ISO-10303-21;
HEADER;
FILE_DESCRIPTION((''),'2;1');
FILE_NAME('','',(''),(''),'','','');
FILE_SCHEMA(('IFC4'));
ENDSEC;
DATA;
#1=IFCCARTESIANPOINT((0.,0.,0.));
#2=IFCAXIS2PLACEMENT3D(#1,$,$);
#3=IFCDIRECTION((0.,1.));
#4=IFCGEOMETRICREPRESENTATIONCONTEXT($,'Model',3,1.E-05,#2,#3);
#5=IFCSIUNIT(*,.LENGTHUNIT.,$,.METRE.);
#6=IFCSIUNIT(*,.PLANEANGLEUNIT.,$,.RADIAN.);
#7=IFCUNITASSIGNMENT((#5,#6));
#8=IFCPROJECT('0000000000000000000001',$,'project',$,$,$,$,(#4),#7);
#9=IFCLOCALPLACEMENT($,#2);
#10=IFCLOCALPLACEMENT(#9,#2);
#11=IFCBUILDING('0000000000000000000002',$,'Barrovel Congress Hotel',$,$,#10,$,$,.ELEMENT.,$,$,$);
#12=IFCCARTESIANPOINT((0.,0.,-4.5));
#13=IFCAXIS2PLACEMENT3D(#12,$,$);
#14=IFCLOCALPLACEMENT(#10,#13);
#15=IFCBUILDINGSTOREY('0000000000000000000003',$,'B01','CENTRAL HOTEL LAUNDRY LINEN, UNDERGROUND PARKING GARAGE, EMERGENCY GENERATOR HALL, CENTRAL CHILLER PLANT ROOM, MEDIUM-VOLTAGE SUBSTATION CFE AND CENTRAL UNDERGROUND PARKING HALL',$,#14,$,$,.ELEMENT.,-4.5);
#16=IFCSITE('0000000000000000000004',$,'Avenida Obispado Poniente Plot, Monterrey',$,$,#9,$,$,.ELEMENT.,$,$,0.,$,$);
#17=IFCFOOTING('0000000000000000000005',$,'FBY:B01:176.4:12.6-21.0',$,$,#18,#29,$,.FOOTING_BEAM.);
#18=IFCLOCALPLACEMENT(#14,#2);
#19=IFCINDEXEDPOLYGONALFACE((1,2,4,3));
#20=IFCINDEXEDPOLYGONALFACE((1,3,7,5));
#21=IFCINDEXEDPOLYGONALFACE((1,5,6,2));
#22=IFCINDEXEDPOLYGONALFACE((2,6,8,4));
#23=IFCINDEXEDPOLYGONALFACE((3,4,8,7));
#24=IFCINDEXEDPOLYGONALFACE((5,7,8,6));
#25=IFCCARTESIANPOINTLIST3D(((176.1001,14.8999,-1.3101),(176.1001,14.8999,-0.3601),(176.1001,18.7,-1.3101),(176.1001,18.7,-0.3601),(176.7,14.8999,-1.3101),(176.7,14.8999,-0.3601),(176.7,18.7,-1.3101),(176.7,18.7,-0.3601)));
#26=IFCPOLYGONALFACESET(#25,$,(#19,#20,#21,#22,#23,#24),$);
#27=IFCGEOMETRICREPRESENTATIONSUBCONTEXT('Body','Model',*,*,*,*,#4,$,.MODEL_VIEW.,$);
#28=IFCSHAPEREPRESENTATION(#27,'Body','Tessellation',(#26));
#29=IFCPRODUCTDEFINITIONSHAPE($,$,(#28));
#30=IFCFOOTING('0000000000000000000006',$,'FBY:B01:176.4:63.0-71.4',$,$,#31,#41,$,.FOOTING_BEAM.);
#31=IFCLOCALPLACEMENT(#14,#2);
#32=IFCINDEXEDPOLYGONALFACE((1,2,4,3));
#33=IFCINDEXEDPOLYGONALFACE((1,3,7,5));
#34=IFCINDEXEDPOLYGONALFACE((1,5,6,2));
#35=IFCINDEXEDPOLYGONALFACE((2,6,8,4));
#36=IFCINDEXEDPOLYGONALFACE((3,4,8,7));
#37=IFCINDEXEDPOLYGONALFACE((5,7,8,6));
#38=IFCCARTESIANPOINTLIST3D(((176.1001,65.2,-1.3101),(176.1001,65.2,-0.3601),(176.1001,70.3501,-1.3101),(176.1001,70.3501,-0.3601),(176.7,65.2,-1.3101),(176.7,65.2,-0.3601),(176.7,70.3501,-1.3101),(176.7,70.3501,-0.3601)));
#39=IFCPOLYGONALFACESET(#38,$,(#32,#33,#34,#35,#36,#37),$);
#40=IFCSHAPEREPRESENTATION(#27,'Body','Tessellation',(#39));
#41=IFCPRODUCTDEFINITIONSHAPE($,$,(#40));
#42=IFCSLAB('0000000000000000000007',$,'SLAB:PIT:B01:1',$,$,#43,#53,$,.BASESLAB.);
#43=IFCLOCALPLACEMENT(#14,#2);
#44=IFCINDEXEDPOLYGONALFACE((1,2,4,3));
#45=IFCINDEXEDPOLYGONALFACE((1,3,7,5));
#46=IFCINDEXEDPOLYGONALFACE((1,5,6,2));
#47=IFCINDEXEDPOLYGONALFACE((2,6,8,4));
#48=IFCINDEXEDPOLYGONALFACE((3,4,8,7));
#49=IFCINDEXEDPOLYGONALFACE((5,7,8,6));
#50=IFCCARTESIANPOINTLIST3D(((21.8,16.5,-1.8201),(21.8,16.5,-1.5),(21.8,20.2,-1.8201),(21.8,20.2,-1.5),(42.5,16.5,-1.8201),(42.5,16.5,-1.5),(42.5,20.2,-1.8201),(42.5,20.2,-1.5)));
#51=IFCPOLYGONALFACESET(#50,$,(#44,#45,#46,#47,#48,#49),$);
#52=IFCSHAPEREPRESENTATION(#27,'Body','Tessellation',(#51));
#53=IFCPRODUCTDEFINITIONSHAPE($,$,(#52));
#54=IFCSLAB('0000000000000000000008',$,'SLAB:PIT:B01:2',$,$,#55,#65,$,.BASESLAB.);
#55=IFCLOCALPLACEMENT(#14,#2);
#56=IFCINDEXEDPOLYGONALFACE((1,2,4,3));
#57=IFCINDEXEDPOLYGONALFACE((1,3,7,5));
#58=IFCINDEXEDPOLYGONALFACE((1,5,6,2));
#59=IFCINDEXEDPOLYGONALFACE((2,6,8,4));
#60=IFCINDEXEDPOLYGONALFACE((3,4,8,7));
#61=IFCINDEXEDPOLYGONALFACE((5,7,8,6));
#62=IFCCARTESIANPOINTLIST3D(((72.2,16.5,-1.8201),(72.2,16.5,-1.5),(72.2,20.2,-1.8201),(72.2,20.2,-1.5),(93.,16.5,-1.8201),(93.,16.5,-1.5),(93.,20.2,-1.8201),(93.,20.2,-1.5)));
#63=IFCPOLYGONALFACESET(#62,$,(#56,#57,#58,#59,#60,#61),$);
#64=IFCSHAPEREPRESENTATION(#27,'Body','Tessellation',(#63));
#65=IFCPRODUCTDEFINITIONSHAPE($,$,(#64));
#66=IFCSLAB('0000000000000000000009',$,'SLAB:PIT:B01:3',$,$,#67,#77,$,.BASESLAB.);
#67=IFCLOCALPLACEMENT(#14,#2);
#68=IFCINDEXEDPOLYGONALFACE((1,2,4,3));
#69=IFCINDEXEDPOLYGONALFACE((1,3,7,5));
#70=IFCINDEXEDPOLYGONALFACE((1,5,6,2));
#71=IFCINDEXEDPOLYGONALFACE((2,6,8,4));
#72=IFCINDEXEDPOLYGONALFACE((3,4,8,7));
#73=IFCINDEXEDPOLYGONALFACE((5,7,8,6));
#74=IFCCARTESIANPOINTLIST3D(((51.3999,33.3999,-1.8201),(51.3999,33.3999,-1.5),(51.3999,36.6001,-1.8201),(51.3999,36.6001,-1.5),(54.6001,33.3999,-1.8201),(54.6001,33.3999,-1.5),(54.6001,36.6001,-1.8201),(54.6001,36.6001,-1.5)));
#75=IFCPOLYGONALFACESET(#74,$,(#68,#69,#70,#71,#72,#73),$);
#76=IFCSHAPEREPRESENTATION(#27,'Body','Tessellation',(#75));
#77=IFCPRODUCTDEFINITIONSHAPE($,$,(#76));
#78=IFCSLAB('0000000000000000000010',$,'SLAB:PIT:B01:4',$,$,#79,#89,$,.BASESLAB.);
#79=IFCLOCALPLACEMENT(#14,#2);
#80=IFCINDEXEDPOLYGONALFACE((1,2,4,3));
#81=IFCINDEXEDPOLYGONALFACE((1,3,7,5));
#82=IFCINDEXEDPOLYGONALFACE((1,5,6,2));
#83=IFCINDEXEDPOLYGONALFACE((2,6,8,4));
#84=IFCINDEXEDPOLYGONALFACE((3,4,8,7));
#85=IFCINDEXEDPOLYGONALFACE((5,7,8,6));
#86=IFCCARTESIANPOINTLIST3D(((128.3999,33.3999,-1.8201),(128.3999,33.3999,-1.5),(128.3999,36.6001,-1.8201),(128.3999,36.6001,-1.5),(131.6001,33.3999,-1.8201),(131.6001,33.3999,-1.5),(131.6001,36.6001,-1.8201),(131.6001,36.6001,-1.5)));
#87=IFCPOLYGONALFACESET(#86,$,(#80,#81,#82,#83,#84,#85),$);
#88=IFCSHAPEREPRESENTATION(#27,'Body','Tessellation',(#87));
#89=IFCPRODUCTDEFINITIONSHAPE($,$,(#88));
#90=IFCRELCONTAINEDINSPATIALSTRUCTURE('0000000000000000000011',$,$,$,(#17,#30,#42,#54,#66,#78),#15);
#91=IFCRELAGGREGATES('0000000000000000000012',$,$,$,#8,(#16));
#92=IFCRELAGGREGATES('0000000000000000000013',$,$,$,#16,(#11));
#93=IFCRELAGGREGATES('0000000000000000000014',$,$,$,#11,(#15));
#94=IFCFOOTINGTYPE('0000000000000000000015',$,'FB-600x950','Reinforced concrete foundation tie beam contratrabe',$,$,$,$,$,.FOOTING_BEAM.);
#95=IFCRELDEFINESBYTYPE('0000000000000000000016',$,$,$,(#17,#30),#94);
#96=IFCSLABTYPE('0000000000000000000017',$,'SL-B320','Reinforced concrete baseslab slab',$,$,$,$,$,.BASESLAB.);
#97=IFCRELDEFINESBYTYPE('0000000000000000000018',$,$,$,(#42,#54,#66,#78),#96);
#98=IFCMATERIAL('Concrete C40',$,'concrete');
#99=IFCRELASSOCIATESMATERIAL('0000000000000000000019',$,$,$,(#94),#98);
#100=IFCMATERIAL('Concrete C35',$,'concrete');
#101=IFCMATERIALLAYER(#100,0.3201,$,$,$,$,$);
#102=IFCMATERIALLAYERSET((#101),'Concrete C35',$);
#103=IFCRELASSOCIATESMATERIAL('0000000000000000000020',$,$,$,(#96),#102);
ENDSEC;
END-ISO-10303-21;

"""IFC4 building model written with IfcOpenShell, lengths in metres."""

from ifc_helpers import new_model, si_unit, direction, frame, origin, place, context, subcontext, project, spatial, polyline, outline, extrude, material, layer, layer_set, type_object, element, save


model = new_model("IFC4")

# Units and contexts
model_context = context("Model", 3, precision=1e-05, world=origin(), true_north=direction((0.0, 1.0)))
body_context = subcontext(model_context, "Body", "Model", "MODEL_VIEW")
ifc_project = project(units=[si_unit("LENGTHUNIT", "METRE"), si_unit("PLANEANGLEUNIT", "RADIAN")], contexts=[model_context])

# Site, building, storey
site_placement = place(None, origin())
site = spatial("IfcSite", under=ifc_project, at=site_placement, Name="Avenida Obispado Poniente Plot, Monterrey", CompositionType="ELEMENT", RefElevation=0.0)
building_placement = place(site_placement, origin())
building = spatial("IfcBuilding", under=site, at=building_placement, Name="Barrovel Congress Hotel", CompositionType="ELEMENT")
storey_placement = place(building_placement, frame((0.0, 0.0, -4.5)))
storey = spatial("IfcBuildingStorey", under=building, at=storey_placement, Name="B01", Description="CENTRAL HOTEL LAUNDRY LINEN, UNDERGROUND PARKING GARAGE, EMERGENCY GENERATOR HALL, CENTRAL CHILLER PLANT ROOM, MEDIUM-VOLTAGE SUBSTATION CFE AND CENTRAL UNDERGROUND PARKING HALL", CompositionType="ELEMENT", Elevation=-4.5)

# Footings
ifc_material_1 = material(Name="Concrete C40", Category="concrete")
footing_type_1 = type_object("IfcFootingType", Name="FB-600x950", Description="Reinforced concrete foundation tie beam contratrabe", PredefinedType="FOOTING_BEAM", material=ifc_material_1)
footing_1_placement = place(storey_placement, frame((0.0, 0.0, -1.3101)))
element("IfcFooting", 1, at=footing_1_placement, inside=storey, type_object=footing_type_1, Name="FBY:B01:176.4:12.6-21.0", PredefinedType="FOOTING_BEAM", context=body_context, shape_type="SweptSolid", body=[
    extrude(outline(polyline([(176.1001, 14.8999), (176.7, 14.8999), (176.7, 18.7), (176.1001, 18.7), (176.1001, 14.8999)])), origin(), (0.0, 0.0, 1.0), 0.95),
])
footing_2_placement = place(storey_placement, frame((0.0, 0.0, -1.3101)))
element("IfcFooting", 2, at=footing_2_placement, inside=storey, type_object=footing_type_1, Name="FBY:B01:176.4:63.0-71.4", PredefinedType="FOOTING_BEAM", context=body_context, shape_type="SweptSolid", body=[
    extrude(outline(polyline([(176.1001, 65.2), (176.7, 65.2), (176.7, 70.3501), (176.1001, 70.3501), (176.1001, 65.2)])), origin(), (0.0, 0.0, 1.0), 0.95),
])

# Slabs
ifc_material_2 = material(Name="Concrete C35", Category="concrete")
ifc_layer = layer(ifc_material_2, 0.3201)
ifc_layer_set = layer_set([ifc_layer], Name="Concrete C35")
slab_type = type_object("IfcSlabType", Name="SL-B320", Description="Reinforced concrete baseslab slab", PredefinedType="BASESLAB", material=ifc_layer_set)
slab_1_placement = place(storey_placement, frame((0.0, 0.0, -1.8201)))
element("IfcSlab", 3, at=slab_1_placement, inside=storey, type_object=slab_type, Name="SLAB:PIT:B01:1", PredefinedType="BASESLAB", context=body_context, shape_type="SweptSolid", body=[
    extrude(outline(polyline([(21.8, 16.5), (42.5, 16.5), (42.5, 20.2), (21.8, 20.2), (21.8, 16.5)])), origin(), (0.0, 0.0, 1.0), 0.3201),
])
slab_2_placement = place(storey_placement, frame((0.0, 0.0, -1.8201)))
element("IfcSlab", 4, at=slab_2_placement, inside=storey, type_object=slab_type, Name="SLAB:PIT:B01:2", PredefinedType="BASESLAB", context=body_context, shape_type="SweptSolid", body=[
    extrude(outline(polyline([(72.2, 16.5), (93.0, 16.5), (93.0, 20.2), (72.2, 20.2), (72.2, 16.5)])), origin(), (0.0, 0.0, 1.0), 0.3201),
])
slab_3_placement = place(storey_placement, frame((0.0, 0.0, -1.8201)))
element("IfcSlab", 5, at=slab_3_placement, inside=storey, type_object=slab_type, Name="SLAB:PIT:B01:3", PredefinedType="BASESLAB", context=body_context, shape_type="SweptSolid", body=[
    extrude(outline(polyline([(51.3999, 33.3999), (54.6001, 33.3999), (54.6001, 36.6001), (51.3999, 36.6001), (51.3999, 33.3999)])), origin(), (0.0, 0.0, 1.0), 0.3201),
])
slab_4_placement = place(storey_placement, frame((0.0, 0.0, -1.8201)))
element("IfcSlab", 6, at=slab_4_placement, inside=storey, type_object=slab_type, Name="SLAB:PIT:B01:4", PredefinedType="BASESLAB", context=body_context, shape_type="SweptSolid", body=[
    extrude(outline(polyline([(128.3999, 33.3999), (131.6001, 33.3999), (131.6001, 36.6001), (128.3999, 36.6001), (128.3999, 33.3999)])), origin(), (0.0, 0.0, 1.0), 0.3201),
])

save(model, "model.ifc")
